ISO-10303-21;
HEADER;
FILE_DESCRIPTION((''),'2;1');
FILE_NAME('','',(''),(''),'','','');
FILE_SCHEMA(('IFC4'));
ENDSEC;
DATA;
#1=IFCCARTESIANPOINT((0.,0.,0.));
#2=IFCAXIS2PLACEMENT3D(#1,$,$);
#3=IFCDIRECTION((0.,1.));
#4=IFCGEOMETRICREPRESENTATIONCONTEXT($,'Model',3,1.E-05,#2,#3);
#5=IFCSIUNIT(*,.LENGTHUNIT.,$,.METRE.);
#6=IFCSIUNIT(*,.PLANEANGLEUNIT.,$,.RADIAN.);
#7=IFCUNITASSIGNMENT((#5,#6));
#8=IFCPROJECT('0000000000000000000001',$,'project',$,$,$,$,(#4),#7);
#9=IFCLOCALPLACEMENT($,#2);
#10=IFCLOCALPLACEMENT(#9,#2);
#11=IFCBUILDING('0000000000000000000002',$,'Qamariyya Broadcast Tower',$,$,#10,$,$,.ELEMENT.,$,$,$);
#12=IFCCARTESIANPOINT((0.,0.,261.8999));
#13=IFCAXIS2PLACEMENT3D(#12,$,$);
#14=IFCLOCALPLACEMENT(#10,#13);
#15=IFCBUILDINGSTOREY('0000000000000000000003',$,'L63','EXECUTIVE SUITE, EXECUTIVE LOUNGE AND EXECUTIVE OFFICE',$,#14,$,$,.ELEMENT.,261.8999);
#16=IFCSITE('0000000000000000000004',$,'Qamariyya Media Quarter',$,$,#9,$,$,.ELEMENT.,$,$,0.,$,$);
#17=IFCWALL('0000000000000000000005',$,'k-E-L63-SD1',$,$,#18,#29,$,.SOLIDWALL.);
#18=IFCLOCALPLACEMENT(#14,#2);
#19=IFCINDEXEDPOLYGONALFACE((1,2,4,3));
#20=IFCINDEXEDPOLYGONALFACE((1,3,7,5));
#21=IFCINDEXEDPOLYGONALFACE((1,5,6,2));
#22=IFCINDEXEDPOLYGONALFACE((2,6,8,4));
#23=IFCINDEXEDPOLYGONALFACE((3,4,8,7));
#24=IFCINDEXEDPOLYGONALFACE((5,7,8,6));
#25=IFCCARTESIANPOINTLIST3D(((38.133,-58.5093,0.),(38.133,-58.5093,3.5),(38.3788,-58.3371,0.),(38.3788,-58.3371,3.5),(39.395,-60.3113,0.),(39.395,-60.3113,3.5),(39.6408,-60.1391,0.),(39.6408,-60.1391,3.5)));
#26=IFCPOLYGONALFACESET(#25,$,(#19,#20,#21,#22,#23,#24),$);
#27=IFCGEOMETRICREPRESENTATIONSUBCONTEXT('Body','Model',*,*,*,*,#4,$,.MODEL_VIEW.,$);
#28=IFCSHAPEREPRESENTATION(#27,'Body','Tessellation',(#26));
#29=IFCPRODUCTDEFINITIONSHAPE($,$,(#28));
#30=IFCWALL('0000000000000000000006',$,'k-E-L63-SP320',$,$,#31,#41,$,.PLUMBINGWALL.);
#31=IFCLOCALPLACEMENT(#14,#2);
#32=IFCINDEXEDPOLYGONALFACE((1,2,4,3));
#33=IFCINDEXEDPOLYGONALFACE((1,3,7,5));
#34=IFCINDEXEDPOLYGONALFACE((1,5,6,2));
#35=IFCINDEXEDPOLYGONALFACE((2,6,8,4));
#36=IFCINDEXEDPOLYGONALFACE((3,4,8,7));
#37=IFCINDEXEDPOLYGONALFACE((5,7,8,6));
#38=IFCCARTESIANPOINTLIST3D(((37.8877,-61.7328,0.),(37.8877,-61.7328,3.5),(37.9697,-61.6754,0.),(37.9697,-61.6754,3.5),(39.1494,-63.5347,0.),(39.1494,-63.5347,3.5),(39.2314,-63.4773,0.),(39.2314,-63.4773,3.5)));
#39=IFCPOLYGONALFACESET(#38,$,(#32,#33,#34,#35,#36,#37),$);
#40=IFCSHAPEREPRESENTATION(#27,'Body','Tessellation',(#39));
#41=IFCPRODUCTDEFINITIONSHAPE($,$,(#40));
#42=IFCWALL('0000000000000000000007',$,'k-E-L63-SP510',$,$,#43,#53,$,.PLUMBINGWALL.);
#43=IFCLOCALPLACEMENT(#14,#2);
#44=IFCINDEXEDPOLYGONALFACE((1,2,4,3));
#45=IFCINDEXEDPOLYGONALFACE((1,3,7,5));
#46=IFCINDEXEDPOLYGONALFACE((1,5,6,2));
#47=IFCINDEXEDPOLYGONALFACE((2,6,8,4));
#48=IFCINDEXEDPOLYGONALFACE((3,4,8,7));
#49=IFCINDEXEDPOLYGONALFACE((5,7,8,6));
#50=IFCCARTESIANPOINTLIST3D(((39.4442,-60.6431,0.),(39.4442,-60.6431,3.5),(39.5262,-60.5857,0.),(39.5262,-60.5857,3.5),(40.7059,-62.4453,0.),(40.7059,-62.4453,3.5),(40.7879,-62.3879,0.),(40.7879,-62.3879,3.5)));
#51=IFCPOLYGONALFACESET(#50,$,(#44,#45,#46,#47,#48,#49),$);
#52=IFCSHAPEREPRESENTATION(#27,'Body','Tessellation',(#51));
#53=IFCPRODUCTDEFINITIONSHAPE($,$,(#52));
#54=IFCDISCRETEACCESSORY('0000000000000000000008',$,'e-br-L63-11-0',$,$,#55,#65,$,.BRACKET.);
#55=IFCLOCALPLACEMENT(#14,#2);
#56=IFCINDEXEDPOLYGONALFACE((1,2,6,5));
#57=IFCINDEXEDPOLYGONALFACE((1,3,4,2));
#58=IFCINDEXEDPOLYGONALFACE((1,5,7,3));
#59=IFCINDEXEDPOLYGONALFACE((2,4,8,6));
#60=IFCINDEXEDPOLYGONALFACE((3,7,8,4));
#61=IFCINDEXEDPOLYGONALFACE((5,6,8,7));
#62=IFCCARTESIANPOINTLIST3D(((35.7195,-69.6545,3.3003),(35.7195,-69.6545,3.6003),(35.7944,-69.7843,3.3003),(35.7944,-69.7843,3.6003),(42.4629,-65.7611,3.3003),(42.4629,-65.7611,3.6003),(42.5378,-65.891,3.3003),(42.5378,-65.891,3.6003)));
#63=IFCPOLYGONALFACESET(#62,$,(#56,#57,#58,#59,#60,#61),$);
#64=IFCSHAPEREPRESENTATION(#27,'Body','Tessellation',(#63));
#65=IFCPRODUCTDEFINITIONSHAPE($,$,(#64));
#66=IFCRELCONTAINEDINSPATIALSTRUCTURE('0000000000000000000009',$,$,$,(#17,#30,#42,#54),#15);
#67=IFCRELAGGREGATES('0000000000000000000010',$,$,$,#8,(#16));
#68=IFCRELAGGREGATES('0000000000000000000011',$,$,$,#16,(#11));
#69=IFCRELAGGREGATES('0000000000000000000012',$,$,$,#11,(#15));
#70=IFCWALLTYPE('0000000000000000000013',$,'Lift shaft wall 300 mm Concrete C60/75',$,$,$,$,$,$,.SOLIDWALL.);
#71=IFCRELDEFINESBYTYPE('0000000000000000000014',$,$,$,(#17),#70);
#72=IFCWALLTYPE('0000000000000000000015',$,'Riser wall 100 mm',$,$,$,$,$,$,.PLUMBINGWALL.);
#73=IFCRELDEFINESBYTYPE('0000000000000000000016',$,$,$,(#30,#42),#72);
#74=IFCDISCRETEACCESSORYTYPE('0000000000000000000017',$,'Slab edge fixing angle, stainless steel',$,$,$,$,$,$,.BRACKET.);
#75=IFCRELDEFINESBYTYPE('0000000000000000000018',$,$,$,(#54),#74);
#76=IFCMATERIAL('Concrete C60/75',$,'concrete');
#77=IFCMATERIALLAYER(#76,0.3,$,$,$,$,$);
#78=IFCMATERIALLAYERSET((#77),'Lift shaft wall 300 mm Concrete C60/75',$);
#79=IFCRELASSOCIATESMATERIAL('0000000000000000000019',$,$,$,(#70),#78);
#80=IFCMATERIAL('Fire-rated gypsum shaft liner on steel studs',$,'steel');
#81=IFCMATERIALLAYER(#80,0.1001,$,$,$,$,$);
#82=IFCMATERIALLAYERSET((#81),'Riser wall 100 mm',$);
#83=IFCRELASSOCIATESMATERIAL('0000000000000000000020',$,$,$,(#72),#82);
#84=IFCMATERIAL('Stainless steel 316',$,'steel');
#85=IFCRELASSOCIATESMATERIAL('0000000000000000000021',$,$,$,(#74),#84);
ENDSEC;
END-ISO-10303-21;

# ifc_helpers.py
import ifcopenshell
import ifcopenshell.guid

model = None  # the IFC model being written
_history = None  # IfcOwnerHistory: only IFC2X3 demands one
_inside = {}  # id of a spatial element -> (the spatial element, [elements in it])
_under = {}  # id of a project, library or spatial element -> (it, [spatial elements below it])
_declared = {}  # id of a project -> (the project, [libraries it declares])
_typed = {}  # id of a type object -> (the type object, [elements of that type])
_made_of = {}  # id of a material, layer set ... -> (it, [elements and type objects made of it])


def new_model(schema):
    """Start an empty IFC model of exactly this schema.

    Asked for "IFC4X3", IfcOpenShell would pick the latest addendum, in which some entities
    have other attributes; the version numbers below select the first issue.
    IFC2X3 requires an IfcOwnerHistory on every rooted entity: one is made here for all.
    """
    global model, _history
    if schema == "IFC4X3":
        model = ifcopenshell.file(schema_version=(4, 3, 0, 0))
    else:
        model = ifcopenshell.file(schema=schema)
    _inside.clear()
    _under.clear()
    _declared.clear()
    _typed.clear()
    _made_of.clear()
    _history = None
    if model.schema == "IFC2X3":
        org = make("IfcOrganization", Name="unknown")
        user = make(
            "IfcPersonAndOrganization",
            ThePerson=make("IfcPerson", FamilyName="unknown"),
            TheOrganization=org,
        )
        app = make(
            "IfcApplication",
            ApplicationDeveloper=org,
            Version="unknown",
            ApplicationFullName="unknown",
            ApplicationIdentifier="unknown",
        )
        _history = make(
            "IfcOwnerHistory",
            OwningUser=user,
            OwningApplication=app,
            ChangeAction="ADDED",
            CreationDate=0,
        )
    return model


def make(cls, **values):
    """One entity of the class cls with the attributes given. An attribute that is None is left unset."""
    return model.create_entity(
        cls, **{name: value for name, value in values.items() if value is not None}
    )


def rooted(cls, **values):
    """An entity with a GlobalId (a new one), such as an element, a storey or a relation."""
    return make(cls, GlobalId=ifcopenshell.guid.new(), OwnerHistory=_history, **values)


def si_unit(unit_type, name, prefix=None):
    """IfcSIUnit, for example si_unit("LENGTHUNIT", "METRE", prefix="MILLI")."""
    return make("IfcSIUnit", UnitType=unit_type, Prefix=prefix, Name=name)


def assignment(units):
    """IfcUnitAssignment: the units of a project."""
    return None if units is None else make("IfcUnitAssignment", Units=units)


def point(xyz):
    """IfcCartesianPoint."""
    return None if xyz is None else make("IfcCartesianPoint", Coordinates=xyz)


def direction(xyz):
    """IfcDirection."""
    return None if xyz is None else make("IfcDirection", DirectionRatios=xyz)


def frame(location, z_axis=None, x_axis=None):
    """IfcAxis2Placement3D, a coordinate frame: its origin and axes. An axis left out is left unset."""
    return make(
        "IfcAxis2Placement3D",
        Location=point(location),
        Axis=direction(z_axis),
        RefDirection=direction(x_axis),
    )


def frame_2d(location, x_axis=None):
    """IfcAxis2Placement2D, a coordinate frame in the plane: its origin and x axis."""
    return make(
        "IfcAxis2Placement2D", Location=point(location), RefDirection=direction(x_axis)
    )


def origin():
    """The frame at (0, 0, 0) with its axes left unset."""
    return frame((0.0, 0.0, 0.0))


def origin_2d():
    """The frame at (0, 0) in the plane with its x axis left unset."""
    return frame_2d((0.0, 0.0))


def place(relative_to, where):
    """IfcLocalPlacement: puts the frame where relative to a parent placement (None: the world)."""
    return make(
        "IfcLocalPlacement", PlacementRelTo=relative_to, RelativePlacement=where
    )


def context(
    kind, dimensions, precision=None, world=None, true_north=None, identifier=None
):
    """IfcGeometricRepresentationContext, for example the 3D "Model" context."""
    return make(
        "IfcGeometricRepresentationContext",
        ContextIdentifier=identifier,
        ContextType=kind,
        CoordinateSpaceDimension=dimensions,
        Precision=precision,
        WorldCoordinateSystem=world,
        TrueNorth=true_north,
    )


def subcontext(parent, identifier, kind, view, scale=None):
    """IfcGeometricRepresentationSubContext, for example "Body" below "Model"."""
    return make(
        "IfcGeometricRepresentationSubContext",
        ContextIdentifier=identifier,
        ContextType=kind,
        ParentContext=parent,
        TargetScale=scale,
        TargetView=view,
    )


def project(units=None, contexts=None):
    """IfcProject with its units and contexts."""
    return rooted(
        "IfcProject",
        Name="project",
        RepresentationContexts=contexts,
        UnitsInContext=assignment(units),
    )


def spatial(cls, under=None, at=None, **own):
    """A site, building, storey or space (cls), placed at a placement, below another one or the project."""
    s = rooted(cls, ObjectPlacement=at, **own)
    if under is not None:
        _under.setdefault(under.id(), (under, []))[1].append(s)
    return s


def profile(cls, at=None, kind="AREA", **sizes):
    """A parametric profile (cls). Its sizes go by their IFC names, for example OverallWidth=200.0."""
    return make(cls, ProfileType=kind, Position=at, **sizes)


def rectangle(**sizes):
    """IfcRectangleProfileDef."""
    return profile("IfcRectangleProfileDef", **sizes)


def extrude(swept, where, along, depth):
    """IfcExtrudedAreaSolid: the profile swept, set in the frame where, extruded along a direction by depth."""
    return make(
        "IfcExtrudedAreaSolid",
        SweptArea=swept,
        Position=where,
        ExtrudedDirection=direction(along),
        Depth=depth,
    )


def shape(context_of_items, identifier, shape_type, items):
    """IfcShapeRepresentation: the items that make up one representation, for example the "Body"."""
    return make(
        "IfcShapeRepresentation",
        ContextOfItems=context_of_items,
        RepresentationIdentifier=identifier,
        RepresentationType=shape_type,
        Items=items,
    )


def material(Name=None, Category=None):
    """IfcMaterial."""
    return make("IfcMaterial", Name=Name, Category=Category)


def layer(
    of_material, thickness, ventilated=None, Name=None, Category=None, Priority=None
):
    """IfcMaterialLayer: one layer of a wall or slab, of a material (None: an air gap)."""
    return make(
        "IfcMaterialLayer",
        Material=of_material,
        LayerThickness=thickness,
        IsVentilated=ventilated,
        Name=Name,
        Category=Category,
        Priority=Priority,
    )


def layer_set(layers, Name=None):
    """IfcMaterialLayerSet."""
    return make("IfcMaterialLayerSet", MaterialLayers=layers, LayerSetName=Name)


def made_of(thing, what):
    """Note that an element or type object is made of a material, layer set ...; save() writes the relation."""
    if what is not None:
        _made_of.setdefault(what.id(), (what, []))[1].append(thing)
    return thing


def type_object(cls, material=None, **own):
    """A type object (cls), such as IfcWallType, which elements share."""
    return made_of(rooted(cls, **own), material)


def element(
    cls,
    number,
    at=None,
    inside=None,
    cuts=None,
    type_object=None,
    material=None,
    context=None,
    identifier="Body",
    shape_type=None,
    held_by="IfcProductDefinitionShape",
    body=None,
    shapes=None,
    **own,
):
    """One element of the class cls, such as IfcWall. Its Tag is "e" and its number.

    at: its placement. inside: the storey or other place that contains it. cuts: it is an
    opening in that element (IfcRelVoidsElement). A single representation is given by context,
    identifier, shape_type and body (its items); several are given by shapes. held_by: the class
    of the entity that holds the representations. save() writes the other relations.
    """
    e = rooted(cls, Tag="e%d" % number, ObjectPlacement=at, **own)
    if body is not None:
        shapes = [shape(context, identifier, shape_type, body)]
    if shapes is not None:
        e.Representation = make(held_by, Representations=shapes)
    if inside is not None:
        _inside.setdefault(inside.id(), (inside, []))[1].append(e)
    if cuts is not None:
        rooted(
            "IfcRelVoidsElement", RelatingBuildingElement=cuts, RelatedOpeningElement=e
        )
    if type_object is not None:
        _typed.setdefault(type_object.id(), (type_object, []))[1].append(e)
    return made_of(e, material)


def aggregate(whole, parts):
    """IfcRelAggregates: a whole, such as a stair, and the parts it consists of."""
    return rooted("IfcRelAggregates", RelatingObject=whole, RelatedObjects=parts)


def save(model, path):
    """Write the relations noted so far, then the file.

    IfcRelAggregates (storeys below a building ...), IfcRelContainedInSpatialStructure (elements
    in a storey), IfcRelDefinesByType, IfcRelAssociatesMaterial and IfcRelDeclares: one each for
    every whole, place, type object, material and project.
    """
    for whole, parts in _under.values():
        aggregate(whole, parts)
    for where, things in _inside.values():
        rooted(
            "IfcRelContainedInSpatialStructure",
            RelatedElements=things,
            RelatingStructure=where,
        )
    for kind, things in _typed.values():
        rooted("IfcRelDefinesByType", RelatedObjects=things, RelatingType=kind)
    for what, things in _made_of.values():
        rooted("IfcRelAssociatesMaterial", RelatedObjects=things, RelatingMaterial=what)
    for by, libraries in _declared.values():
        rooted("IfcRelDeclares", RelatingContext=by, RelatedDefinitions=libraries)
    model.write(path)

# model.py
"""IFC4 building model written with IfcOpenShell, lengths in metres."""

from ifc_helpers import new_model, si_unit, direction, frame, frame_2d, origin, origin_2d, place, context, subcontext, project, spatial, rectangle, extrude, material, layer, layer_set, type_object, element, save


model = new_model("IFC4")

# Units and contexts
model_context = context("Model", 3, precision=1e-05, world=origin(), true_north=direction((0.0, 1.0)))
body_context = subcontext(model_context, "Body", "Model", "MODEL_VIEW")
ifc_project = project(units=[si_unit("LENGTHUNIT", "METRE"), si_unit("PLANEANGLEUNIT", "RADIAN")], contexts=[model_context])

# Site, building, storey
site_placement = place(None, origin())
site = spatial("IfcSite", under=ifc_project, at=site_placement, Name="Qamariyya Media Quarter", CompositionType="ELEMENT", RefElevation=0.0)
building_placement = place(site_placement, origin())
building = spatial("IfcBuilding", under=site, at=building_placement, Name="Qamariyya Broadcast Tower", CompositionType="ELEMENT")
storey_placement = place(building_placement, frame((0.0, 0.0, 261.8999)))
storey = spatial("IfcBuildingStorey", under=building, at=storey_placement, Name="L63", Description="EXECUTIVE SUITE, EXECUTIVE LOUNGE AND EXECUTIVE OFFICE", CompositionType="ELEMENT", Elevation=261.8999)

# Shared definitions
ifc_material_1 = material(Name="Concrete C60/75", Category="concrete")

# Shared definitions
ifc_layer_1 = layer(ifc_material_1, 0.3)
ifc_layer_set_1 = layer_set([ifc_layer_1], Name="Lift shaft wall 300 mm Concrete C60/75")
wall_type_1 = type_object("IfcWallType", Name="Lift shaft wall 300 mm Concrete C60/75", PredefinedType="SOLIDWALL", material=ifc_layer_set_1)

# Walls
wall_1_placement = place(storey_placement, frame((38.2559, -58.4231, 0.0), z_axis=(0.0, 0.0, 1.0), x_axis=(0.573634, -0.819112, 0.0)))
element("IfcWall", 1, at=wall_1_placement, inside=storey, type_object=wall_type_1, Name="k-E-L63-SD1", PredefinedType="SOLIDWALL", context=body_context, shape_type="SweptSolid", body=[
    extrude(rectangle(XDim=2.2, YDim=0.3, at=frame_2d((1.1001, 0.0))), origin(), (0.0, 0.0, 1.0), 3.5),
])
ifc_material_2 = material(Name="Fire-rated gypsum shaft liner on steel studs", Category="steel")
ifc_layer_2 = layer(ifc_material_2, 0.1001)
ifc_layer_set_2 = layer_set([ifc_layer_2], Name="Riser wall 100 mm")
wall_type_2 = type_object("IfcWallType", Name="Riser wall 100 mm", PredefinedType="PLUMBINGWALL", material=ifc_layer_set_2)
wall_2_placement = place(storey_placement, frame((37.9287, -61.7041, 0.0), z_axis=(0.0, 0.0, 1.0), x_axis=(0.573559, -0.819164, 0.0)))
element("IfcWall", 2, at=wall_2_placement, inside=storey, type_object=wall_type_2, Name="k-E-L63-SP320", PredefinedType="PLUMBINGWALL", context=body_context, shape_type="SweptSolid", body=[
    extrude(rectangle(XDim=2.1997, YDim=0.1001, at=frame_2d((1.0999, 0.0))), origin(), (0.0, 0.0, 1.0), 3.5),
])
wall_3_placement = place(storey_placement, frame((39.4851, -60.6143, 0.0), z_axis=(0.0, 0.0, 1.0), x_axis=(0.573507, -0.819201, 0.0)))
element("IfcWall", 3, at=wall_3_placement, inside=storey, type_object=wall_type_2, Name="k-E-L63-SP510", PredefinedType="PLUMBINGWALL", context=body_context, shape_type="SweptSolid", body=[
    extrude(rectangle(XDim=2.2, YDim=0.1001, at=frame_2d((1.1001, 0.0))), origin(), (0.0, 0.0, 1.0), 3.5),
])

# Discrete accessory
ifc_material_3 = material(Name="Stainless steel 316", Category="steel")
discrete_accessory_type = type_object("IfcDiscreteAccessoryType", Name="Slab edge fixing angle, stainless steel", PredefinedType="BRACKET", material=ifc_material_3)
discrete_accessory_placement = place(storey_placement, frame((39.1287, -67.7727, 3.3003), z_axis=(0.0, 0.0, 1.0), x_axis=(0.866025, 0.5, 0.0)))
element("IfcDiscreteAccessory", 4, at=discrete_accessory_placement, inside=storey, type_object=discrete_accessory_type, Name="e-br-L63-11-0", PredefinedType="BRACKET", context=body_context, shape_type="SweptSolid", body=[
    extrude(rectangle(XDim=7.7866, YDim=0.1499, at=origin_2d()), origin(), (0.0, 0.0, 1.0), 0.3),
])

save(model, "model.ifc")
